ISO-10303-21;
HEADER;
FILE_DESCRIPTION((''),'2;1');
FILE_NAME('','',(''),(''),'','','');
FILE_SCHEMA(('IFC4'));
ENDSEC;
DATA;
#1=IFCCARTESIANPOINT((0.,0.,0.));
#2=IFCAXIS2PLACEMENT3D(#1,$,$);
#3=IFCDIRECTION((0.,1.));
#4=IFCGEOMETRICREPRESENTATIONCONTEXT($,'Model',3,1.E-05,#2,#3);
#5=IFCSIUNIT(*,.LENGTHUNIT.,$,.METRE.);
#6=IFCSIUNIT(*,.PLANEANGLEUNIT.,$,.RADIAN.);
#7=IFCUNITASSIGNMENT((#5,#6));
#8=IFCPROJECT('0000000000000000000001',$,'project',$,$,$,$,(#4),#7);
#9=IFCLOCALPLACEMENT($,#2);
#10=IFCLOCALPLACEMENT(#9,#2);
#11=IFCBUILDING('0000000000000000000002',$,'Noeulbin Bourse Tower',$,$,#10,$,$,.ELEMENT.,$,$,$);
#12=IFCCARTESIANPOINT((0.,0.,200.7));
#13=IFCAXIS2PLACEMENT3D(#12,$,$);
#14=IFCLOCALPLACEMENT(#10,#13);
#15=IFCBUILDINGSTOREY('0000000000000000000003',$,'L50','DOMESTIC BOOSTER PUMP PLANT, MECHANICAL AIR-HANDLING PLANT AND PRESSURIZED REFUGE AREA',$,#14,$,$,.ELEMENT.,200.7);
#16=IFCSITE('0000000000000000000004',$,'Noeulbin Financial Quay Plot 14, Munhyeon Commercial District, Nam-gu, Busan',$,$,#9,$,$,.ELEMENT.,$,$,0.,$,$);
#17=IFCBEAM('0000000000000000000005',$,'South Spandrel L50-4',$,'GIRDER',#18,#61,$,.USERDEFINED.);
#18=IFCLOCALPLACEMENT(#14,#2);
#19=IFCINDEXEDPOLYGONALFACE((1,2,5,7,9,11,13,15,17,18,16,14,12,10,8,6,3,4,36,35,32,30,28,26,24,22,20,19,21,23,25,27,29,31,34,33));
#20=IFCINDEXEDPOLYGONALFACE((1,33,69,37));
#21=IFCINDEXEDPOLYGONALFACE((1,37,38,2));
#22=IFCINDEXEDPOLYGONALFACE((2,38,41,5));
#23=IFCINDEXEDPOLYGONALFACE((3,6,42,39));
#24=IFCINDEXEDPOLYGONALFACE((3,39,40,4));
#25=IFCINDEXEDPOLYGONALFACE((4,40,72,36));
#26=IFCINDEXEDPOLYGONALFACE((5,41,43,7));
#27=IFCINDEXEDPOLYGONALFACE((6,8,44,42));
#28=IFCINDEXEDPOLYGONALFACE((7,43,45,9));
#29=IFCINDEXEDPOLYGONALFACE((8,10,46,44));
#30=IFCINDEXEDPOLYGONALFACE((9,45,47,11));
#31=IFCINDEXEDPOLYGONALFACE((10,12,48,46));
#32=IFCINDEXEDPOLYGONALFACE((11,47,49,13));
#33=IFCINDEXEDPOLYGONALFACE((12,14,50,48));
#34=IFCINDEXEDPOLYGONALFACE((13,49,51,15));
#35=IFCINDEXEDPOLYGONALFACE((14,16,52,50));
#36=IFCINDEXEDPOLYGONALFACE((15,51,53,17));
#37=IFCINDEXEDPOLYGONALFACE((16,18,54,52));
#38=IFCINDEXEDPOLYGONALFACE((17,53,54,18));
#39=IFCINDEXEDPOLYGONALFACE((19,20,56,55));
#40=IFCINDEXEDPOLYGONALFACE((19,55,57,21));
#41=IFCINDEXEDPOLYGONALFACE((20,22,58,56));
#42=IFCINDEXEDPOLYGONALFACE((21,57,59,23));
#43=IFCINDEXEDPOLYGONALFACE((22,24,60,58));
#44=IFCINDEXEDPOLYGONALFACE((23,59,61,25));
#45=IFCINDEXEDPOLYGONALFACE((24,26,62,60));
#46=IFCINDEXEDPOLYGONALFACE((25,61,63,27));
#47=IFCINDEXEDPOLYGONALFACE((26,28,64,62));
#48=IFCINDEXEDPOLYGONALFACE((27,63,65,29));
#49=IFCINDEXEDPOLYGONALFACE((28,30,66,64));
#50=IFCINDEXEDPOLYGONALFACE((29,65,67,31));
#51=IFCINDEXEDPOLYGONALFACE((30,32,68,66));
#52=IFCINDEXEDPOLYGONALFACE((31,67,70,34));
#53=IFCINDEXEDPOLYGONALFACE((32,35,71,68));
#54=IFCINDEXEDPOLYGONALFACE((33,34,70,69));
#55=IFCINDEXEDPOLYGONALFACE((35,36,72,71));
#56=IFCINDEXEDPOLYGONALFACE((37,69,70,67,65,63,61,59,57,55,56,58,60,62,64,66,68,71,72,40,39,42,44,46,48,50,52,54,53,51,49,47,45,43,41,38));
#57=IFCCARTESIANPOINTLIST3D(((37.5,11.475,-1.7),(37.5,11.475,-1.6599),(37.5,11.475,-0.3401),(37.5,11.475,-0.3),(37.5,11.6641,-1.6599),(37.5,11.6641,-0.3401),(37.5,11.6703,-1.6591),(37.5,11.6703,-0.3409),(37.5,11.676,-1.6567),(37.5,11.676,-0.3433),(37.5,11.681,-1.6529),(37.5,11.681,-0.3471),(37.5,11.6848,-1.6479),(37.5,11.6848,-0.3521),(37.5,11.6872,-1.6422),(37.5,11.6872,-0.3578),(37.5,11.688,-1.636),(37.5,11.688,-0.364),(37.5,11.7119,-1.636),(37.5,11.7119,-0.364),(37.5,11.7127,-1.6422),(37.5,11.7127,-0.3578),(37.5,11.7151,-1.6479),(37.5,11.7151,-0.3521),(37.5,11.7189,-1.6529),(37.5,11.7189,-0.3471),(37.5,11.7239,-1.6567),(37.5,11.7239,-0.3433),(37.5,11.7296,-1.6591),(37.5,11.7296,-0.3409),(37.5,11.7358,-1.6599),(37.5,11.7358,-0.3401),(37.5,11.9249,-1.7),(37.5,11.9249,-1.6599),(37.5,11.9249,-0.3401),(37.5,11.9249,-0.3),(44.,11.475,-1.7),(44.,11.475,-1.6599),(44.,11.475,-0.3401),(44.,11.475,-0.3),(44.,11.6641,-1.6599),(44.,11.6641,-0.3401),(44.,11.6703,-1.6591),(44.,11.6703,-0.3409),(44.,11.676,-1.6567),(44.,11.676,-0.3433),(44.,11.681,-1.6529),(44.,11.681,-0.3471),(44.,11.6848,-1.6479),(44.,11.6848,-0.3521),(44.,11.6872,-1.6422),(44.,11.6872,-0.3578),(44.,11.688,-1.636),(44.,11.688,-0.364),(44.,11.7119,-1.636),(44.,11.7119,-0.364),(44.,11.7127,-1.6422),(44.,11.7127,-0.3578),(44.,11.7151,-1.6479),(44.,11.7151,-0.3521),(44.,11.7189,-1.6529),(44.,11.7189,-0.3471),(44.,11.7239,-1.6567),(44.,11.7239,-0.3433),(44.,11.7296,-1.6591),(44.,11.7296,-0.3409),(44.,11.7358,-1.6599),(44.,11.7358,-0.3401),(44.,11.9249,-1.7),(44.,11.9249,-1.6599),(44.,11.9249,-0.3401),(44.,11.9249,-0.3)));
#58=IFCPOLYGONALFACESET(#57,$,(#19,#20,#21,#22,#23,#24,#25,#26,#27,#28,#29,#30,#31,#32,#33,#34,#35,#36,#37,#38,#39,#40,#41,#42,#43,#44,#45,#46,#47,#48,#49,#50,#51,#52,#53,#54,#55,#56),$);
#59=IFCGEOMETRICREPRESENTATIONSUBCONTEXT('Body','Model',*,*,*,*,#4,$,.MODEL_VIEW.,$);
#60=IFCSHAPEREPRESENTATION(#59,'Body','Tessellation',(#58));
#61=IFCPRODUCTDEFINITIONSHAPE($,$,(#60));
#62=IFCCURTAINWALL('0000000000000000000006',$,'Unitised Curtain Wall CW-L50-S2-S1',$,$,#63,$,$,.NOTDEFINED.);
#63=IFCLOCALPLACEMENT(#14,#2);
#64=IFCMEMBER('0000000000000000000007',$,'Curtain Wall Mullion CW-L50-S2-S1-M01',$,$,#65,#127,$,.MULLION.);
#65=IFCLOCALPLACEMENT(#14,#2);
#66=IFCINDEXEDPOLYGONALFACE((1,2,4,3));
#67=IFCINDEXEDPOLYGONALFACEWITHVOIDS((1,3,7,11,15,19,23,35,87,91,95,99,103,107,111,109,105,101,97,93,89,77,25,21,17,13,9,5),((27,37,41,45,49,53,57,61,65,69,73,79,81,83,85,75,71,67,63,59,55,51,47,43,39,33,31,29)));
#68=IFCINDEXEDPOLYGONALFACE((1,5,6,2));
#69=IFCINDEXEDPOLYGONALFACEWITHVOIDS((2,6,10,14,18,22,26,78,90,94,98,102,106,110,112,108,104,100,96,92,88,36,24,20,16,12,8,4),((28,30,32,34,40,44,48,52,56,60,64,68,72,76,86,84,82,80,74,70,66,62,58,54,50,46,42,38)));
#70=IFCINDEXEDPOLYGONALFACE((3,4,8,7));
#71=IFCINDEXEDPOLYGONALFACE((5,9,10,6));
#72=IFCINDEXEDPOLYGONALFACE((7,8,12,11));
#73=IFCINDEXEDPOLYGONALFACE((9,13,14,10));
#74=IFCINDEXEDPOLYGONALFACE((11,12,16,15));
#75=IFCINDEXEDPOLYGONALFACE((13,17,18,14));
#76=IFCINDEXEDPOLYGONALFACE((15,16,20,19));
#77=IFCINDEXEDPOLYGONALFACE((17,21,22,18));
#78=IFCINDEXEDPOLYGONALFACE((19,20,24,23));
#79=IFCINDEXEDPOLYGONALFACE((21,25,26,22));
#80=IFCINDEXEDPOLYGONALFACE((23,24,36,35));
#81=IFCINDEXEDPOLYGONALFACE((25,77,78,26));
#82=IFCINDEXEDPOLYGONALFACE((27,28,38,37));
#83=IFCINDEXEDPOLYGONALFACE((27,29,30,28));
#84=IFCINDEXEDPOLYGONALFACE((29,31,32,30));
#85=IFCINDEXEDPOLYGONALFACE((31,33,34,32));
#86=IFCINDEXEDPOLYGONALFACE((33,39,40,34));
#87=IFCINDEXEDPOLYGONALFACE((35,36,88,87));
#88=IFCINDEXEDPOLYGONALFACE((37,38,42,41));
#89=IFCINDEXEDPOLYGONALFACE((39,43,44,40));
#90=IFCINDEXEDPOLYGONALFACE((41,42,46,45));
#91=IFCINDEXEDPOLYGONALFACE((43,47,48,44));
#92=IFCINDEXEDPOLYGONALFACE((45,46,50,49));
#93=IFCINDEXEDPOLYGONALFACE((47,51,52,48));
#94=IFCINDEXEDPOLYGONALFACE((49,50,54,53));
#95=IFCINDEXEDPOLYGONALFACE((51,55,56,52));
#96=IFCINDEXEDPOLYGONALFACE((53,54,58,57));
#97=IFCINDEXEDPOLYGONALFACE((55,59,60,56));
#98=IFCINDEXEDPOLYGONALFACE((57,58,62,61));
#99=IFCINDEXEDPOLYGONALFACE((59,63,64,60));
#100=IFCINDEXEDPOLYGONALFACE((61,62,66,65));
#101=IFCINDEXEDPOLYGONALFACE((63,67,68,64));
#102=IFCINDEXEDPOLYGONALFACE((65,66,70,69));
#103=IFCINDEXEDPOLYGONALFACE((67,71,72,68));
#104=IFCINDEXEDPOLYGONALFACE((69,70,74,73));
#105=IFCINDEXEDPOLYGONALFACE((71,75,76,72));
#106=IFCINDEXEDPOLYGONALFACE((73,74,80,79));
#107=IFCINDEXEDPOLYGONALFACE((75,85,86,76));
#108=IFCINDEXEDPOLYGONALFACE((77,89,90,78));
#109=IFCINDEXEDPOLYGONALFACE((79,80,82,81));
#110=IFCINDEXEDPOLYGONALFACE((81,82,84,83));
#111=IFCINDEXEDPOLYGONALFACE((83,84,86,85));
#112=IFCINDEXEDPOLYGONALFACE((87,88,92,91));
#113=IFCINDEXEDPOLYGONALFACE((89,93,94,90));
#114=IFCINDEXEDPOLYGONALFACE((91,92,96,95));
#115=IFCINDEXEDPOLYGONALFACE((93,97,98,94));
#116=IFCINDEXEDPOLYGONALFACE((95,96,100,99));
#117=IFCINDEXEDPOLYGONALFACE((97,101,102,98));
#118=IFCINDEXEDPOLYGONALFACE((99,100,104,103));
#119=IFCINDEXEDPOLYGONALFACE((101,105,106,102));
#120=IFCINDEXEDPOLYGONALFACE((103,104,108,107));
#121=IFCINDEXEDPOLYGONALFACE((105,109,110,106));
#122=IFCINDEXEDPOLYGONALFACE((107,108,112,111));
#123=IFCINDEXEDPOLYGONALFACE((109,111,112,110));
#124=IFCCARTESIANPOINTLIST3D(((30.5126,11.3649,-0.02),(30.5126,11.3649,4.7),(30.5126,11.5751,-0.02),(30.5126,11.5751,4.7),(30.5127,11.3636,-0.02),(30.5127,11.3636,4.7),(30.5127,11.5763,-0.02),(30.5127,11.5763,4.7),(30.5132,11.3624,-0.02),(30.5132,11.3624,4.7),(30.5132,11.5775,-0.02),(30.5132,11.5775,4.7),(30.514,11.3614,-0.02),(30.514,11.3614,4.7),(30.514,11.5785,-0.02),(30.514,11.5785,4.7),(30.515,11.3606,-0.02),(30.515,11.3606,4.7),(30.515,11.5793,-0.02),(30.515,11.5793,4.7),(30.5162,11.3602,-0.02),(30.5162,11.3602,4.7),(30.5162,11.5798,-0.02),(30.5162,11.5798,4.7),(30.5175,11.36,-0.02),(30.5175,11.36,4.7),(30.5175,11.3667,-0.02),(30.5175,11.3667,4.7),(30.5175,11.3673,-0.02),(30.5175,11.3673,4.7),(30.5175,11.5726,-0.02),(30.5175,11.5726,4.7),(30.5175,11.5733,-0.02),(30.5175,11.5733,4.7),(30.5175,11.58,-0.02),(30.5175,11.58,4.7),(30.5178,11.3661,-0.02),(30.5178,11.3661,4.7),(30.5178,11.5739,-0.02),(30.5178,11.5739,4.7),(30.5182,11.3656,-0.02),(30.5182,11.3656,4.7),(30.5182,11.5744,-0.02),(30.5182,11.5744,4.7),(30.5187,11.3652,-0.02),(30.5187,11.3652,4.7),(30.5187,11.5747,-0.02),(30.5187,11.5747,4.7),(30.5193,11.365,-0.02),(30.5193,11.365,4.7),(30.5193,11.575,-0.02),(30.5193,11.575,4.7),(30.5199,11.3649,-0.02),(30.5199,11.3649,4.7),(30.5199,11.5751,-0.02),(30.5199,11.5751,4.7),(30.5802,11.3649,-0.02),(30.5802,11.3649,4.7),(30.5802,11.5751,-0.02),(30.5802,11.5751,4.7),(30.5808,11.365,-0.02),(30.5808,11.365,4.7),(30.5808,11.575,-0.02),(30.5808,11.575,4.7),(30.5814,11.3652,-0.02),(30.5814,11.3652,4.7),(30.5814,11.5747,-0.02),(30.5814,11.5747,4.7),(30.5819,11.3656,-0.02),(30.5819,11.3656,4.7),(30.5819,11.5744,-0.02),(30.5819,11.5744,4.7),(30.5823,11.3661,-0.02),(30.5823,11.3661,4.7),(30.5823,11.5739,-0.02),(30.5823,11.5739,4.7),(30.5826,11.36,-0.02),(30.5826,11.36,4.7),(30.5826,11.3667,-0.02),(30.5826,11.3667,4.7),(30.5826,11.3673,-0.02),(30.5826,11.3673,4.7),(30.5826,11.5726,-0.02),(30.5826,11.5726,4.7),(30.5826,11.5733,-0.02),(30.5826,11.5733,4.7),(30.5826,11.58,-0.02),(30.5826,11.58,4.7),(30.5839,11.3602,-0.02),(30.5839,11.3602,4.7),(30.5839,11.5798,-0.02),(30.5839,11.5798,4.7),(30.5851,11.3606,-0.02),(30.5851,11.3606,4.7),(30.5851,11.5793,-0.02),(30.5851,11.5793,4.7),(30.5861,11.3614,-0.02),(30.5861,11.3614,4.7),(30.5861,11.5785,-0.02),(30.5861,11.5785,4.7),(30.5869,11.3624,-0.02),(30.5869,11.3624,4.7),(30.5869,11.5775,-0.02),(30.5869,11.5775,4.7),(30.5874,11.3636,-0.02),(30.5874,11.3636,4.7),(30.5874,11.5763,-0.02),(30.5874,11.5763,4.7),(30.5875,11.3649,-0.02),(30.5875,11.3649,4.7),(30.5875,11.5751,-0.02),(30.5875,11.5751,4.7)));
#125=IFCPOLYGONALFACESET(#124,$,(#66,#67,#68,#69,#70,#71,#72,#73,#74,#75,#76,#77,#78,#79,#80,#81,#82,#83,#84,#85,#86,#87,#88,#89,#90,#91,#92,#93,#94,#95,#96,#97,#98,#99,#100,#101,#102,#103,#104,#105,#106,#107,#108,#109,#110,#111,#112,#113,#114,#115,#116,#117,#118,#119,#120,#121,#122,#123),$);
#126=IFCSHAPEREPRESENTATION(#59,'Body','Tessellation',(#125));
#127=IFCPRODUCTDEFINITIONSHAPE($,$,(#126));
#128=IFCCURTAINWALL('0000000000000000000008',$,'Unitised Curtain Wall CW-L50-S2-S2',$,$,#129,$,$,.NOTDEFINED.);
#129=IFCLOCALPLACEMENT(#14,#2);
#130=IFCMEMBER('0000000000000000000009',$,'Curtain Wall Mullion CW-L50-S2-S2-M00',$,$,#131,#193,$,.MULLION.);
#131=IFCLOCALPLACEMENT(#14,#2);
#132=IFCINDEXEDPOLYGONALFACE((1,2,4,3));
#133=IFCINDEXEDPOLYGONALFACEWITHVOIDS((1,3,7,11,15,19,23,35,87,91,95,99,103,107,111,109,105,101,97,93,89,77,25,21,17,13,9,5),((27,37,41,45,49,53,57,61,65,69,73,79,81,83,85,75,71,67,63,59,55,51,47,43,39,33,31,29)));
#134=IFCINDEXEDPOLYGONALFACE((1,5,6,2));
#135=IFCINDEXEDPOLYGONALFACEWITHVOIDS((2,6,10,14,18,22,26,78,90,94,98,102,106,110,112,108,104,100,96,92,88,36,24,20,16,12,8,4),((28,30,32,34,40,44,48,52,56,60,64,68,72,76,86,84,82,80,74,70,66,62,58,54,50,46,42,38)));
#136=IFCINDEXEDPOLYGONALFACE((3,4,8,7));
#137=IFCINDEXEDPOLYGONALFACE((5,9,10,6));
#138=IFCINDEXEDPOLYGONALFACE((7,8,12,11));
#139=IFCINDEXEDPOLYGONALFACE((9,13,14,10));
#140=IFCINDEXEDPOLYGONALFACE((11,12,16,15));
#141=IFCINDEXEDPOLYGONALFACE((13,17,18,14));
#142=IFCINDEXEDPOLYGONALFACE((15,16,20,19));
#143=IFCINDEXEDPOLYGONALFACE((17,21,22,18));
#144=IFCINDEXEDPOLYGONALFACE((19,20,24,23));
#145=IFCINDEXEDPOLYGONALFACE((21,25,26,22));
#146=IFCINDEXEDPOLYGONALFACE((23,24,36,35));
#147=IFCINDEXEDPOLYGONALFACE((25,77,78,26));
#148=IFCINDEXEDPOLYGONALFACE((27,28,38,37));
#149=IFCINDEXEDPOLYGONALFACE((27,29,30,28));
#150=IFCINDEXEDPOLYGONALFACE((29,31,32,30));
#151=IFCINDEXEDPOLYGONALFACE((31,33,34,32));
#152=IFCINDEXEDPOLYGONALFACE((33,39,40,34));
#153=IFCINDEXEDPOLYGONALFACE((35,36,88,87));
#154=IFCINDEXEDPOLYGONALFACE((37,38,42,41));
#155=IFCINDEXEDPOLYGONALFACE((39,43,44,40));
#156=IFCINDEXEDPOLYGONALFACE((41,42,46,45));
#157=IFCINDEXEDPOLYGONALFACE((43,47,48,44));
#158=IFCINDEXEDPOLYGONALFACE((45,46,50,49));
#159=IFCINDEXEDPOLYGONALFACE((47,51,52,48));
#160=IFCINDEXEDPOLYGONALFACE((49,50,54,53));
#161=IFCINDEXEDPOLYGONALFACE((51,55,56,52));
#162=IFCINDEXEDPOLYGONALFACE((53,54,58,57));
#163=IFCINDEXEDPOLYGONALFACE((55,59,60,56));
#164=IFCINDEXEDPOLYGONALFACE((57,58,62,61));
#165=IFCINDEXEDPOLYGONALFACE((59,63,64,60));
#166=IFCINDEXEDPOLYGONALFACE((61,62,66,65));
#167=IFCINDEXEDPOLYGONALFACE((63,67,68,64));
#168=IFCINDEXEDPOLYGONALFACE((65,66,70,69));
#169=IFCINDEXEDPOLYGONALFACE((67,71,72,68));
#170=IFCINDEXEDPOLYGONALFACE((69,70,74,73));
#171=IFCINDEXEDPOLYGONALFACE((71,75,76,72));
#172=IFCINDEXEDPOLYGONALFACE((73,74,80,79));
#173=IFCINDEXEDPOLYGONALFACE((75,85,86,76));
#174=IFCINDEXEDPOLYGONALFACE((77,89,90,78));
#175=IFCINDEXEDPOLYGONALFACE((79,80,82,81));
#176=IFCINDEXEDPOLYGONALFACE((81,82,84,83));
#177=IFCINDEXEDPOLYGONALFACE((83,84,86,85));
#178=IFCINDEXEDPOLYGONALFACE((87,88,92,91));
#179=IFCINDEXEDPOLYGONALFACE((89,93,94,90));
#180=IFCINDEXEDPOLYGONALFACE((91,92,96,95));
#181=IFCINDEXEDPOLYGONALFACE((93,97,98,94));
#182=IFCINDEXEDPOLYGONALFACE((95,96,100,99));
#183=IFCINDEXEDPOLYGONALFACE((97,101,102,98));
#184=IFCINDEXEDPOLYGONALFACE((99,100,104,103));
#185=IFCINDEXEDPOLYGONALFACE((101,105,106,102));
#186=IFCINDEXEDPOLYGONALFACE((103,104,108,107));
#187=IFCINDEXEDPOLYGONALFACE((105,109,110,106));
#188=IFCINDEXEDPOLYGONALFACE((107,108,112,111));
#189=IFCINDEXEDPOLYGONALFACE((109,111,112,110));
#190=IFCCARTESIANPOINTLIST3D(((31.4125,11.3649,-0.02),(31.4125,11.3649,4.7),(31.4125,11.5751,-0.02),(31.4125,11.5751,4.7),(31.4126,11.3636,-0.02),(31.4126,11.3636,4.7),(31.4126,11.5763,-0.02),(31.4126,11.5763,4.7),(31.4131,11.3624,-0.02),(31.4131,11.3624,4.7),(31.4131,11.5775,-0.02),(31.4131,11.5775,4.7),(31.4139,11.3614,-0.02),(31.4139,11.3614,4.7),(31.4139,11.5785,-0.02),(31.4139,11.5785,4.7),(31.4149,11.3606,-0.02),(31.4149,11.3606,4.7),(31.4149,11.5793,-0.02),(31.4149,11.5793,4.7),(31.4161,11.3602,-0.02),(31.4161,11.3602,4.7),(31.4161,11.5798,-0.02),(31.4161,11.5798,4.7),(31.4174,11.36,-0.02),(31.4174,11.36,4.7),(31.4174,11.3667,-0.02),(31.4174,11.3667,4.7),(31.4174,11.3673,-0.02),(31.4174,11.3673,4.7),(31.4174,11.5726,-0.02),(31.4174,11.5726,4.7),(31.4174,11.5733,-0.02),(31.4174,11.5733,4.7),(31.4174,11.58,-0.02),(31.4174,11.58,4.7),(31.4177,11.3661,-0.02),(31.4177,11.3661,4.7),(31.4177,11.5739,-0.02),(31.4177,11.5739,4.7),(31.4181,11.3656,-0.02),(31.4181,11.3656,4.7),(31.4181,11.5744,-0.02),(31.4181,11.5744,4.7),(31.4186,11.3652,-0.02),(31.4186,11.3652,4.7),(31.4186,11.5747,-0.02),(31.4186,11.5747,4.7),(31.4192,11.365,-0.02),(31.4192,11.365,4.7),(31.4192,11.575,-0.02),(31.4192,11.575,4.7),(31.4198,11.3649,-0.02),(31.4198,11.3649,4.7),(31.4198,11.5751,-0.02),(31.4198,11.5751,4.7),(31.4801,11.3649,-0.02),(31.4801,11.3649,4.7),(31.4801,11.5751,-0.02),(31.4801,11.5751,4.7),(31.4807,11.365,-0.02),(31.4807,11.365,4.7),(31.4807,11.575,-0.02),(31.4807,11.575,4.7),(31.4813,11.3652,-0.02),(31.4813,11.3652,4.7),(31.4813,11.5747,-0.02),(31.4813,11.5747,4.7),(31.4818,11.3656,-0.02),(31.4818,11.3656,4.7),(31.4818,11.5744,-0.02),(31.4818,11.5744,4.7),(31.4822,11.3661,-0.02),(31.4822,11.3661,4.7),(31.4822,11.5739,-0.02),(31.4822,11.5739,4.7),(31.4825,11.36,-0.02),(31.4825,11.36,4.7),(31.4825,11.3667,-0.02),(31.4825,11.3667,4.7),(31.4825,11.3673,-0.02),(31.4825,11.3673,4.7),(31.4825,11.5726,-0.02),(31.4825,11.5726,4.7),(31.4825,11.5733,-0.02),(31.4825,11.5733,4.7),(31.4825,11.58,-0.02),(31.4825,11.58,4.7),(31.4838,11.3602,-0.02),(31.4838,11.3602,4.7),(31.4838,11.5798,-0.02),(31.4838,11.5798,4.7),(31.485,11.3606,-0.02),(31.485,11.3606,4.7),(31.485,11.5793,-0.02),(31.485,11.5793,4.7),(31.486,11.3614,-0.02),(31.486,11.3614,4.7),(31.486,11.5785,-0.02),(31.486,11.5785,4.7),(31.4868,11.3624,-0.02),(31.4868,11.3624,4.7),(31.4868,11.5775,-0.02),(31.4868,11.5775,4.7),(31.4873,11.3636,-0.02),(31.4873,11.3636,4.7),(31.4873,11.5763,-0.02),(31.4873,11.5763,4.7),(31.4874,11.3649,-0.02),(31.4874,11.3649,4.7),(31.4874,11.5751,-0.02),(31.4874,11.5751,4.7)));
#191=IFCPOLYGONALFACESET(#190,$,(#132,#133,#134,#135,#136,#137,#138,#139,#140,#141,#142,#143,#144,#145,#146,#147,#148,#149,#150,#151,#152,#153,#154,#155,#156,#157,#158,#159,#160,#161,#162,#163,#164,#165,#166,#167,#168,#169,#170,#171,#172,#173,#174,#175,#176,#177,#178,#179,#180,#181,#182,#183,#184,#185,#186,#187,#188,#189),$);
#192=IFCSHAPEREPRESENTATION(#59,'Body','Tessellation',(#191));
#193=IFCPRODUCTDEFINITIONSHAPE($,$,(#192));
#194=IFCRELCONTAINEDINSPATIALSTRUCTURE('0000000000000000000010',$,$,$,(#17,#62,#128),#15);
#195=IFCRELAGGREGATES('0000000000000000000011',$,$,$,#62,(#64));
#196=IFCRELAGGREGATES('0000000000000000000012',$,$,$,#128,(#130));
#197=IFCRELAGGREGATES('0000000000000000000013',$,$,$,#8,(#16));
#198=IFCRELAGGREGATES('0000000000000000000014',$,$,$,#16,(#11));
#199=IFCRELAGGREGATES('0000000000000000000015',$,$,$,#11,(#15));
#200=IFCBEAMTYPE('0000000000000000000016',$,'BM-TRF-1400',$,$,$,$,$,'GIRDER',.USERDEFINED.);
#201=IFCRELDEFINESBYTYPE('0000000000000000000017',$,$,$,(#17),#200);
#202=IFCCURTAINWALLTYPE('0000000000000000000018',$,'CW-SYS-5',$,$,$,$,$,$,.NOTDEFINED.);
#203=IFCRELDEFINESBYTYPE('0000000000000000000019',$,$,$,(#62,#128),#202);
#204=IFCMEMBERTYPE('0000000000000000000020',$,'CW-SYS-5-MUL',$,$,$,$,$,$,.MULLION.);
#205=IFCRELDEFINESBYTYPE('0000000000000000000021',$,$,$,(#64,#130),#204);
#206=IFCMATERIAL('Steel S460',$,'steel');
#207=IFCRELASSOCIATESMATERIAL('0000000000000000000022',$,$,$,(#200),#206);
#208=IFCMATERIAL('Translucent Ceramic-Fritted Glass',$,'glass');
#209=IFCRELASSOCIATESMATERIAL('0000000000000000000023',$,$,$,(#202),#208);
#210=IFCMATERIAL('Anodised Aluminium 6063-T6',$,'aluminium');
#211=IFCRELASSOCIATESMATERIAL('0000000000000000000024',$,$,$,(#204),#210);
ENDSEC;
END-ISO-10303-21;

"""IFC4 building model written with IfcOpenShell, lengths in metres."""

from ifc_helpers import new_model, si_unit, direction, frame, origin, origin_2d, place, context, subcontext, project, spatial, hollow_rectangle, i_section, extrude, material, material_profile, profile_set, type_object, element, aggregate, save


model = new_model("IFC4")

# Units and contexts
model_context = context("Model", 3, precision=1e-05, world=origin(), true_north=direction((0.0, 1.0)))
body_context = subcontext(model_context, "Body", "Model", "MODEL_VIEW")
ifc_project = project(units=[si_unit("LENGTHUNIT", "METRE"), si_unit("PLANEANGLEUNIT", "RADIAN")], contexts=[model_context])

# Site, building, storey
site_placement = place(None, origin())
site = spatial("IfcSite", under=ifc_project, at=site_placement, Name="Noeulbin Financial Quay Plot 14, Munhyeon Commercial District, Nam-gu, Busan", CompositionType="ELEMENT", RefElevation=0.0)
building_placement = place(site_placement, origin())
building = spatial("IfcBuilding", under=site, at=building_placement, Name="Noeulbin Bourse Tower", CompositionType="ELEMENT")
storey_placement = place(building_placement, frame((0.0, 0.0, 200.7)))
storey = spatial("IfcBuildingStorey", under=building, at=storey_placement, Name="L50", Description="DOMESTIC BOOSTER PUMP PLANT, MECHANICAL AIR-HANDLING PLANT AND PRESSURIZED REFUGE AREA", CompositionType="ELEMENT", Elevation=200.7)

# Beam
ifc_material_1 = material(Name="Steel S460", Category="steel")
ifc_material_profile_1 = material_profile(ifc_material_1, i_section(OverallWidth=0.45, OverallDepth=1.3999, WebThickness=0.0239, FlangeThickness=0.04, FilletRadius=0.0239, at=origin_2d()), Name="PG-1400x450x24x40", Category="LoadBearing")
ifc_profile_set_1 = profile_set([ifc_material_profile_1], Name="Steel S460")
beam_type_1 = type_object("IfcBeamType", Name="BM-TRF-1400", ElementType="GIRDER", PredefinedType="USERDEFINED", material=ifc_profile_set_1)
for number, where, z_axis, x_axis, name in (
    (1, (37.5, 11.7, -1.0), (1.0, 0.0, 0.0), (0.0, 1.0, 0.0), "South Spandrel L50-4"),
):
    element("IfcBeam", number, at=place(storey_placement, frame(where, z_axis=z_axis, x_axis=x_axis)), inside=storey, type_object=beam_type_1, Name=name, ObjectType="GIRDER", PredefinedType="USERDEFINED", context=body_context, shape_type="SweptSolid", body=[
        extrude(i_section(OverallWidth=0.45, OverallDepth=1.3999, WebThickness=0.0239, FlangeThickness=0.04, FilletRadius=0.0239, at=origin_2d()), origin(), (0.0, 0.0, 1.0), 6.5),
    ])

# Curtain wall, member
ifc_material_2 = material(Name="Translucent Ceramic-Fritted Glass", Category="glass")
curtain_wall_type = type_object("IfcCurtainWallType", Name="CW-SYS-5", PredefinedType="NOTDEFINED", material=ifc_material_2)
curtain_wall_1_placement = place(storey_placement, origin())
curtain_wall_1 = element("IfcCurtainWall", 2, at=curtain_wall_1_placement, inside=storey, type_object=curtain_wall_type, Name="Unitised Curtain Wall CW-L50-S2-S1", PredefinedType="NOTDEFINED")
ifc_material_3 = material(Name="Anodised Aluminium 6063-T6", Category="aluminium")
ifc_material_profile_2 = material_profile(ifc_material_3, hollow_rectangle(XDim=0.075, YDim=0.22, WallThickness=0.0049, InnerFilletRadius=0.0024, OuterFilletRadius=0.0049, at=origin_2d()), Name="ALU-MULL-75x220x5", Category="LoadBearing")
ifc_profile_set_2 = profile_set([ifc_material_profile_2], Name="Anodised Aluminium 6063-T6")
member_type_1 = type_object("IfcMemberType", Name="CW-SYS-5-MUL", PredefinedType="MULLION", material=ifc_profile_set_2)
member_1_placement = place(storey_placement, frame((30.55, 11.47, -0.02), z_axis=(0.0, 0.0, 1.0), x_axis=(1.0, 0.0, 0.0)))
member_1 = element("IfcMember", 3, at=member_1_placement, type_object=member_type_1, Name="Curtain Wall Mullion CW-L50-S2-S1-M01", PredefinedType="MULLION", context=body_context, shape_type="SweptSolid", body=[
    extrude(hollow_rectangle(XDim=0.075, YDim=0.22, WallThickness=0.0049, InnerFilletRadius=0.0024, OuterFilletRadius=0.0049, at=origin_2d()), origin(), (0.0, 0.0, 1.0), 4.72),
])

# Curtain wall, member
curtain_wall_2_placement = place(storey_placement, origin())
curtain_wall_2 = element("IfcCurtainWall", 4, at=curtain_wall_2_placement, inside=storey, type_object=curtain_wall_type, Name="Unitised Curtain Wall CW-L50-S2-S2", PredefinedType="NOTDEFINED")
member_2_placement = place(storey_placement, frame((31.45, 11.47, -0.02), z_axis=(0.0, 0.0, 1.0), x_axis=(1.0, 0.0, 0.0)))
member_2 = element("IfcMember", 5, at=member_2_placement, type_object=member_type_1, Name="Curtain Wall Mullion CW-L50-S2-S2-M00", PredefinedType="MULLION", context=body_context, shape_type="SweptSolid", body=[
    extrude(hollow_rectangle(XDim=0.075, YDim=0.22, WallThickness=0.0049, InnerFilletRadius=0.0024, OuterFilletRadius=0.0049, at=origin_2d()), origin(), (0.0, 0.0, 1.0), 4.72),
])

aggregate(curtain_wall_1, [member_1])
aggregate(curtain_wall_2, [member_2])

save(model, "model.ifc")
